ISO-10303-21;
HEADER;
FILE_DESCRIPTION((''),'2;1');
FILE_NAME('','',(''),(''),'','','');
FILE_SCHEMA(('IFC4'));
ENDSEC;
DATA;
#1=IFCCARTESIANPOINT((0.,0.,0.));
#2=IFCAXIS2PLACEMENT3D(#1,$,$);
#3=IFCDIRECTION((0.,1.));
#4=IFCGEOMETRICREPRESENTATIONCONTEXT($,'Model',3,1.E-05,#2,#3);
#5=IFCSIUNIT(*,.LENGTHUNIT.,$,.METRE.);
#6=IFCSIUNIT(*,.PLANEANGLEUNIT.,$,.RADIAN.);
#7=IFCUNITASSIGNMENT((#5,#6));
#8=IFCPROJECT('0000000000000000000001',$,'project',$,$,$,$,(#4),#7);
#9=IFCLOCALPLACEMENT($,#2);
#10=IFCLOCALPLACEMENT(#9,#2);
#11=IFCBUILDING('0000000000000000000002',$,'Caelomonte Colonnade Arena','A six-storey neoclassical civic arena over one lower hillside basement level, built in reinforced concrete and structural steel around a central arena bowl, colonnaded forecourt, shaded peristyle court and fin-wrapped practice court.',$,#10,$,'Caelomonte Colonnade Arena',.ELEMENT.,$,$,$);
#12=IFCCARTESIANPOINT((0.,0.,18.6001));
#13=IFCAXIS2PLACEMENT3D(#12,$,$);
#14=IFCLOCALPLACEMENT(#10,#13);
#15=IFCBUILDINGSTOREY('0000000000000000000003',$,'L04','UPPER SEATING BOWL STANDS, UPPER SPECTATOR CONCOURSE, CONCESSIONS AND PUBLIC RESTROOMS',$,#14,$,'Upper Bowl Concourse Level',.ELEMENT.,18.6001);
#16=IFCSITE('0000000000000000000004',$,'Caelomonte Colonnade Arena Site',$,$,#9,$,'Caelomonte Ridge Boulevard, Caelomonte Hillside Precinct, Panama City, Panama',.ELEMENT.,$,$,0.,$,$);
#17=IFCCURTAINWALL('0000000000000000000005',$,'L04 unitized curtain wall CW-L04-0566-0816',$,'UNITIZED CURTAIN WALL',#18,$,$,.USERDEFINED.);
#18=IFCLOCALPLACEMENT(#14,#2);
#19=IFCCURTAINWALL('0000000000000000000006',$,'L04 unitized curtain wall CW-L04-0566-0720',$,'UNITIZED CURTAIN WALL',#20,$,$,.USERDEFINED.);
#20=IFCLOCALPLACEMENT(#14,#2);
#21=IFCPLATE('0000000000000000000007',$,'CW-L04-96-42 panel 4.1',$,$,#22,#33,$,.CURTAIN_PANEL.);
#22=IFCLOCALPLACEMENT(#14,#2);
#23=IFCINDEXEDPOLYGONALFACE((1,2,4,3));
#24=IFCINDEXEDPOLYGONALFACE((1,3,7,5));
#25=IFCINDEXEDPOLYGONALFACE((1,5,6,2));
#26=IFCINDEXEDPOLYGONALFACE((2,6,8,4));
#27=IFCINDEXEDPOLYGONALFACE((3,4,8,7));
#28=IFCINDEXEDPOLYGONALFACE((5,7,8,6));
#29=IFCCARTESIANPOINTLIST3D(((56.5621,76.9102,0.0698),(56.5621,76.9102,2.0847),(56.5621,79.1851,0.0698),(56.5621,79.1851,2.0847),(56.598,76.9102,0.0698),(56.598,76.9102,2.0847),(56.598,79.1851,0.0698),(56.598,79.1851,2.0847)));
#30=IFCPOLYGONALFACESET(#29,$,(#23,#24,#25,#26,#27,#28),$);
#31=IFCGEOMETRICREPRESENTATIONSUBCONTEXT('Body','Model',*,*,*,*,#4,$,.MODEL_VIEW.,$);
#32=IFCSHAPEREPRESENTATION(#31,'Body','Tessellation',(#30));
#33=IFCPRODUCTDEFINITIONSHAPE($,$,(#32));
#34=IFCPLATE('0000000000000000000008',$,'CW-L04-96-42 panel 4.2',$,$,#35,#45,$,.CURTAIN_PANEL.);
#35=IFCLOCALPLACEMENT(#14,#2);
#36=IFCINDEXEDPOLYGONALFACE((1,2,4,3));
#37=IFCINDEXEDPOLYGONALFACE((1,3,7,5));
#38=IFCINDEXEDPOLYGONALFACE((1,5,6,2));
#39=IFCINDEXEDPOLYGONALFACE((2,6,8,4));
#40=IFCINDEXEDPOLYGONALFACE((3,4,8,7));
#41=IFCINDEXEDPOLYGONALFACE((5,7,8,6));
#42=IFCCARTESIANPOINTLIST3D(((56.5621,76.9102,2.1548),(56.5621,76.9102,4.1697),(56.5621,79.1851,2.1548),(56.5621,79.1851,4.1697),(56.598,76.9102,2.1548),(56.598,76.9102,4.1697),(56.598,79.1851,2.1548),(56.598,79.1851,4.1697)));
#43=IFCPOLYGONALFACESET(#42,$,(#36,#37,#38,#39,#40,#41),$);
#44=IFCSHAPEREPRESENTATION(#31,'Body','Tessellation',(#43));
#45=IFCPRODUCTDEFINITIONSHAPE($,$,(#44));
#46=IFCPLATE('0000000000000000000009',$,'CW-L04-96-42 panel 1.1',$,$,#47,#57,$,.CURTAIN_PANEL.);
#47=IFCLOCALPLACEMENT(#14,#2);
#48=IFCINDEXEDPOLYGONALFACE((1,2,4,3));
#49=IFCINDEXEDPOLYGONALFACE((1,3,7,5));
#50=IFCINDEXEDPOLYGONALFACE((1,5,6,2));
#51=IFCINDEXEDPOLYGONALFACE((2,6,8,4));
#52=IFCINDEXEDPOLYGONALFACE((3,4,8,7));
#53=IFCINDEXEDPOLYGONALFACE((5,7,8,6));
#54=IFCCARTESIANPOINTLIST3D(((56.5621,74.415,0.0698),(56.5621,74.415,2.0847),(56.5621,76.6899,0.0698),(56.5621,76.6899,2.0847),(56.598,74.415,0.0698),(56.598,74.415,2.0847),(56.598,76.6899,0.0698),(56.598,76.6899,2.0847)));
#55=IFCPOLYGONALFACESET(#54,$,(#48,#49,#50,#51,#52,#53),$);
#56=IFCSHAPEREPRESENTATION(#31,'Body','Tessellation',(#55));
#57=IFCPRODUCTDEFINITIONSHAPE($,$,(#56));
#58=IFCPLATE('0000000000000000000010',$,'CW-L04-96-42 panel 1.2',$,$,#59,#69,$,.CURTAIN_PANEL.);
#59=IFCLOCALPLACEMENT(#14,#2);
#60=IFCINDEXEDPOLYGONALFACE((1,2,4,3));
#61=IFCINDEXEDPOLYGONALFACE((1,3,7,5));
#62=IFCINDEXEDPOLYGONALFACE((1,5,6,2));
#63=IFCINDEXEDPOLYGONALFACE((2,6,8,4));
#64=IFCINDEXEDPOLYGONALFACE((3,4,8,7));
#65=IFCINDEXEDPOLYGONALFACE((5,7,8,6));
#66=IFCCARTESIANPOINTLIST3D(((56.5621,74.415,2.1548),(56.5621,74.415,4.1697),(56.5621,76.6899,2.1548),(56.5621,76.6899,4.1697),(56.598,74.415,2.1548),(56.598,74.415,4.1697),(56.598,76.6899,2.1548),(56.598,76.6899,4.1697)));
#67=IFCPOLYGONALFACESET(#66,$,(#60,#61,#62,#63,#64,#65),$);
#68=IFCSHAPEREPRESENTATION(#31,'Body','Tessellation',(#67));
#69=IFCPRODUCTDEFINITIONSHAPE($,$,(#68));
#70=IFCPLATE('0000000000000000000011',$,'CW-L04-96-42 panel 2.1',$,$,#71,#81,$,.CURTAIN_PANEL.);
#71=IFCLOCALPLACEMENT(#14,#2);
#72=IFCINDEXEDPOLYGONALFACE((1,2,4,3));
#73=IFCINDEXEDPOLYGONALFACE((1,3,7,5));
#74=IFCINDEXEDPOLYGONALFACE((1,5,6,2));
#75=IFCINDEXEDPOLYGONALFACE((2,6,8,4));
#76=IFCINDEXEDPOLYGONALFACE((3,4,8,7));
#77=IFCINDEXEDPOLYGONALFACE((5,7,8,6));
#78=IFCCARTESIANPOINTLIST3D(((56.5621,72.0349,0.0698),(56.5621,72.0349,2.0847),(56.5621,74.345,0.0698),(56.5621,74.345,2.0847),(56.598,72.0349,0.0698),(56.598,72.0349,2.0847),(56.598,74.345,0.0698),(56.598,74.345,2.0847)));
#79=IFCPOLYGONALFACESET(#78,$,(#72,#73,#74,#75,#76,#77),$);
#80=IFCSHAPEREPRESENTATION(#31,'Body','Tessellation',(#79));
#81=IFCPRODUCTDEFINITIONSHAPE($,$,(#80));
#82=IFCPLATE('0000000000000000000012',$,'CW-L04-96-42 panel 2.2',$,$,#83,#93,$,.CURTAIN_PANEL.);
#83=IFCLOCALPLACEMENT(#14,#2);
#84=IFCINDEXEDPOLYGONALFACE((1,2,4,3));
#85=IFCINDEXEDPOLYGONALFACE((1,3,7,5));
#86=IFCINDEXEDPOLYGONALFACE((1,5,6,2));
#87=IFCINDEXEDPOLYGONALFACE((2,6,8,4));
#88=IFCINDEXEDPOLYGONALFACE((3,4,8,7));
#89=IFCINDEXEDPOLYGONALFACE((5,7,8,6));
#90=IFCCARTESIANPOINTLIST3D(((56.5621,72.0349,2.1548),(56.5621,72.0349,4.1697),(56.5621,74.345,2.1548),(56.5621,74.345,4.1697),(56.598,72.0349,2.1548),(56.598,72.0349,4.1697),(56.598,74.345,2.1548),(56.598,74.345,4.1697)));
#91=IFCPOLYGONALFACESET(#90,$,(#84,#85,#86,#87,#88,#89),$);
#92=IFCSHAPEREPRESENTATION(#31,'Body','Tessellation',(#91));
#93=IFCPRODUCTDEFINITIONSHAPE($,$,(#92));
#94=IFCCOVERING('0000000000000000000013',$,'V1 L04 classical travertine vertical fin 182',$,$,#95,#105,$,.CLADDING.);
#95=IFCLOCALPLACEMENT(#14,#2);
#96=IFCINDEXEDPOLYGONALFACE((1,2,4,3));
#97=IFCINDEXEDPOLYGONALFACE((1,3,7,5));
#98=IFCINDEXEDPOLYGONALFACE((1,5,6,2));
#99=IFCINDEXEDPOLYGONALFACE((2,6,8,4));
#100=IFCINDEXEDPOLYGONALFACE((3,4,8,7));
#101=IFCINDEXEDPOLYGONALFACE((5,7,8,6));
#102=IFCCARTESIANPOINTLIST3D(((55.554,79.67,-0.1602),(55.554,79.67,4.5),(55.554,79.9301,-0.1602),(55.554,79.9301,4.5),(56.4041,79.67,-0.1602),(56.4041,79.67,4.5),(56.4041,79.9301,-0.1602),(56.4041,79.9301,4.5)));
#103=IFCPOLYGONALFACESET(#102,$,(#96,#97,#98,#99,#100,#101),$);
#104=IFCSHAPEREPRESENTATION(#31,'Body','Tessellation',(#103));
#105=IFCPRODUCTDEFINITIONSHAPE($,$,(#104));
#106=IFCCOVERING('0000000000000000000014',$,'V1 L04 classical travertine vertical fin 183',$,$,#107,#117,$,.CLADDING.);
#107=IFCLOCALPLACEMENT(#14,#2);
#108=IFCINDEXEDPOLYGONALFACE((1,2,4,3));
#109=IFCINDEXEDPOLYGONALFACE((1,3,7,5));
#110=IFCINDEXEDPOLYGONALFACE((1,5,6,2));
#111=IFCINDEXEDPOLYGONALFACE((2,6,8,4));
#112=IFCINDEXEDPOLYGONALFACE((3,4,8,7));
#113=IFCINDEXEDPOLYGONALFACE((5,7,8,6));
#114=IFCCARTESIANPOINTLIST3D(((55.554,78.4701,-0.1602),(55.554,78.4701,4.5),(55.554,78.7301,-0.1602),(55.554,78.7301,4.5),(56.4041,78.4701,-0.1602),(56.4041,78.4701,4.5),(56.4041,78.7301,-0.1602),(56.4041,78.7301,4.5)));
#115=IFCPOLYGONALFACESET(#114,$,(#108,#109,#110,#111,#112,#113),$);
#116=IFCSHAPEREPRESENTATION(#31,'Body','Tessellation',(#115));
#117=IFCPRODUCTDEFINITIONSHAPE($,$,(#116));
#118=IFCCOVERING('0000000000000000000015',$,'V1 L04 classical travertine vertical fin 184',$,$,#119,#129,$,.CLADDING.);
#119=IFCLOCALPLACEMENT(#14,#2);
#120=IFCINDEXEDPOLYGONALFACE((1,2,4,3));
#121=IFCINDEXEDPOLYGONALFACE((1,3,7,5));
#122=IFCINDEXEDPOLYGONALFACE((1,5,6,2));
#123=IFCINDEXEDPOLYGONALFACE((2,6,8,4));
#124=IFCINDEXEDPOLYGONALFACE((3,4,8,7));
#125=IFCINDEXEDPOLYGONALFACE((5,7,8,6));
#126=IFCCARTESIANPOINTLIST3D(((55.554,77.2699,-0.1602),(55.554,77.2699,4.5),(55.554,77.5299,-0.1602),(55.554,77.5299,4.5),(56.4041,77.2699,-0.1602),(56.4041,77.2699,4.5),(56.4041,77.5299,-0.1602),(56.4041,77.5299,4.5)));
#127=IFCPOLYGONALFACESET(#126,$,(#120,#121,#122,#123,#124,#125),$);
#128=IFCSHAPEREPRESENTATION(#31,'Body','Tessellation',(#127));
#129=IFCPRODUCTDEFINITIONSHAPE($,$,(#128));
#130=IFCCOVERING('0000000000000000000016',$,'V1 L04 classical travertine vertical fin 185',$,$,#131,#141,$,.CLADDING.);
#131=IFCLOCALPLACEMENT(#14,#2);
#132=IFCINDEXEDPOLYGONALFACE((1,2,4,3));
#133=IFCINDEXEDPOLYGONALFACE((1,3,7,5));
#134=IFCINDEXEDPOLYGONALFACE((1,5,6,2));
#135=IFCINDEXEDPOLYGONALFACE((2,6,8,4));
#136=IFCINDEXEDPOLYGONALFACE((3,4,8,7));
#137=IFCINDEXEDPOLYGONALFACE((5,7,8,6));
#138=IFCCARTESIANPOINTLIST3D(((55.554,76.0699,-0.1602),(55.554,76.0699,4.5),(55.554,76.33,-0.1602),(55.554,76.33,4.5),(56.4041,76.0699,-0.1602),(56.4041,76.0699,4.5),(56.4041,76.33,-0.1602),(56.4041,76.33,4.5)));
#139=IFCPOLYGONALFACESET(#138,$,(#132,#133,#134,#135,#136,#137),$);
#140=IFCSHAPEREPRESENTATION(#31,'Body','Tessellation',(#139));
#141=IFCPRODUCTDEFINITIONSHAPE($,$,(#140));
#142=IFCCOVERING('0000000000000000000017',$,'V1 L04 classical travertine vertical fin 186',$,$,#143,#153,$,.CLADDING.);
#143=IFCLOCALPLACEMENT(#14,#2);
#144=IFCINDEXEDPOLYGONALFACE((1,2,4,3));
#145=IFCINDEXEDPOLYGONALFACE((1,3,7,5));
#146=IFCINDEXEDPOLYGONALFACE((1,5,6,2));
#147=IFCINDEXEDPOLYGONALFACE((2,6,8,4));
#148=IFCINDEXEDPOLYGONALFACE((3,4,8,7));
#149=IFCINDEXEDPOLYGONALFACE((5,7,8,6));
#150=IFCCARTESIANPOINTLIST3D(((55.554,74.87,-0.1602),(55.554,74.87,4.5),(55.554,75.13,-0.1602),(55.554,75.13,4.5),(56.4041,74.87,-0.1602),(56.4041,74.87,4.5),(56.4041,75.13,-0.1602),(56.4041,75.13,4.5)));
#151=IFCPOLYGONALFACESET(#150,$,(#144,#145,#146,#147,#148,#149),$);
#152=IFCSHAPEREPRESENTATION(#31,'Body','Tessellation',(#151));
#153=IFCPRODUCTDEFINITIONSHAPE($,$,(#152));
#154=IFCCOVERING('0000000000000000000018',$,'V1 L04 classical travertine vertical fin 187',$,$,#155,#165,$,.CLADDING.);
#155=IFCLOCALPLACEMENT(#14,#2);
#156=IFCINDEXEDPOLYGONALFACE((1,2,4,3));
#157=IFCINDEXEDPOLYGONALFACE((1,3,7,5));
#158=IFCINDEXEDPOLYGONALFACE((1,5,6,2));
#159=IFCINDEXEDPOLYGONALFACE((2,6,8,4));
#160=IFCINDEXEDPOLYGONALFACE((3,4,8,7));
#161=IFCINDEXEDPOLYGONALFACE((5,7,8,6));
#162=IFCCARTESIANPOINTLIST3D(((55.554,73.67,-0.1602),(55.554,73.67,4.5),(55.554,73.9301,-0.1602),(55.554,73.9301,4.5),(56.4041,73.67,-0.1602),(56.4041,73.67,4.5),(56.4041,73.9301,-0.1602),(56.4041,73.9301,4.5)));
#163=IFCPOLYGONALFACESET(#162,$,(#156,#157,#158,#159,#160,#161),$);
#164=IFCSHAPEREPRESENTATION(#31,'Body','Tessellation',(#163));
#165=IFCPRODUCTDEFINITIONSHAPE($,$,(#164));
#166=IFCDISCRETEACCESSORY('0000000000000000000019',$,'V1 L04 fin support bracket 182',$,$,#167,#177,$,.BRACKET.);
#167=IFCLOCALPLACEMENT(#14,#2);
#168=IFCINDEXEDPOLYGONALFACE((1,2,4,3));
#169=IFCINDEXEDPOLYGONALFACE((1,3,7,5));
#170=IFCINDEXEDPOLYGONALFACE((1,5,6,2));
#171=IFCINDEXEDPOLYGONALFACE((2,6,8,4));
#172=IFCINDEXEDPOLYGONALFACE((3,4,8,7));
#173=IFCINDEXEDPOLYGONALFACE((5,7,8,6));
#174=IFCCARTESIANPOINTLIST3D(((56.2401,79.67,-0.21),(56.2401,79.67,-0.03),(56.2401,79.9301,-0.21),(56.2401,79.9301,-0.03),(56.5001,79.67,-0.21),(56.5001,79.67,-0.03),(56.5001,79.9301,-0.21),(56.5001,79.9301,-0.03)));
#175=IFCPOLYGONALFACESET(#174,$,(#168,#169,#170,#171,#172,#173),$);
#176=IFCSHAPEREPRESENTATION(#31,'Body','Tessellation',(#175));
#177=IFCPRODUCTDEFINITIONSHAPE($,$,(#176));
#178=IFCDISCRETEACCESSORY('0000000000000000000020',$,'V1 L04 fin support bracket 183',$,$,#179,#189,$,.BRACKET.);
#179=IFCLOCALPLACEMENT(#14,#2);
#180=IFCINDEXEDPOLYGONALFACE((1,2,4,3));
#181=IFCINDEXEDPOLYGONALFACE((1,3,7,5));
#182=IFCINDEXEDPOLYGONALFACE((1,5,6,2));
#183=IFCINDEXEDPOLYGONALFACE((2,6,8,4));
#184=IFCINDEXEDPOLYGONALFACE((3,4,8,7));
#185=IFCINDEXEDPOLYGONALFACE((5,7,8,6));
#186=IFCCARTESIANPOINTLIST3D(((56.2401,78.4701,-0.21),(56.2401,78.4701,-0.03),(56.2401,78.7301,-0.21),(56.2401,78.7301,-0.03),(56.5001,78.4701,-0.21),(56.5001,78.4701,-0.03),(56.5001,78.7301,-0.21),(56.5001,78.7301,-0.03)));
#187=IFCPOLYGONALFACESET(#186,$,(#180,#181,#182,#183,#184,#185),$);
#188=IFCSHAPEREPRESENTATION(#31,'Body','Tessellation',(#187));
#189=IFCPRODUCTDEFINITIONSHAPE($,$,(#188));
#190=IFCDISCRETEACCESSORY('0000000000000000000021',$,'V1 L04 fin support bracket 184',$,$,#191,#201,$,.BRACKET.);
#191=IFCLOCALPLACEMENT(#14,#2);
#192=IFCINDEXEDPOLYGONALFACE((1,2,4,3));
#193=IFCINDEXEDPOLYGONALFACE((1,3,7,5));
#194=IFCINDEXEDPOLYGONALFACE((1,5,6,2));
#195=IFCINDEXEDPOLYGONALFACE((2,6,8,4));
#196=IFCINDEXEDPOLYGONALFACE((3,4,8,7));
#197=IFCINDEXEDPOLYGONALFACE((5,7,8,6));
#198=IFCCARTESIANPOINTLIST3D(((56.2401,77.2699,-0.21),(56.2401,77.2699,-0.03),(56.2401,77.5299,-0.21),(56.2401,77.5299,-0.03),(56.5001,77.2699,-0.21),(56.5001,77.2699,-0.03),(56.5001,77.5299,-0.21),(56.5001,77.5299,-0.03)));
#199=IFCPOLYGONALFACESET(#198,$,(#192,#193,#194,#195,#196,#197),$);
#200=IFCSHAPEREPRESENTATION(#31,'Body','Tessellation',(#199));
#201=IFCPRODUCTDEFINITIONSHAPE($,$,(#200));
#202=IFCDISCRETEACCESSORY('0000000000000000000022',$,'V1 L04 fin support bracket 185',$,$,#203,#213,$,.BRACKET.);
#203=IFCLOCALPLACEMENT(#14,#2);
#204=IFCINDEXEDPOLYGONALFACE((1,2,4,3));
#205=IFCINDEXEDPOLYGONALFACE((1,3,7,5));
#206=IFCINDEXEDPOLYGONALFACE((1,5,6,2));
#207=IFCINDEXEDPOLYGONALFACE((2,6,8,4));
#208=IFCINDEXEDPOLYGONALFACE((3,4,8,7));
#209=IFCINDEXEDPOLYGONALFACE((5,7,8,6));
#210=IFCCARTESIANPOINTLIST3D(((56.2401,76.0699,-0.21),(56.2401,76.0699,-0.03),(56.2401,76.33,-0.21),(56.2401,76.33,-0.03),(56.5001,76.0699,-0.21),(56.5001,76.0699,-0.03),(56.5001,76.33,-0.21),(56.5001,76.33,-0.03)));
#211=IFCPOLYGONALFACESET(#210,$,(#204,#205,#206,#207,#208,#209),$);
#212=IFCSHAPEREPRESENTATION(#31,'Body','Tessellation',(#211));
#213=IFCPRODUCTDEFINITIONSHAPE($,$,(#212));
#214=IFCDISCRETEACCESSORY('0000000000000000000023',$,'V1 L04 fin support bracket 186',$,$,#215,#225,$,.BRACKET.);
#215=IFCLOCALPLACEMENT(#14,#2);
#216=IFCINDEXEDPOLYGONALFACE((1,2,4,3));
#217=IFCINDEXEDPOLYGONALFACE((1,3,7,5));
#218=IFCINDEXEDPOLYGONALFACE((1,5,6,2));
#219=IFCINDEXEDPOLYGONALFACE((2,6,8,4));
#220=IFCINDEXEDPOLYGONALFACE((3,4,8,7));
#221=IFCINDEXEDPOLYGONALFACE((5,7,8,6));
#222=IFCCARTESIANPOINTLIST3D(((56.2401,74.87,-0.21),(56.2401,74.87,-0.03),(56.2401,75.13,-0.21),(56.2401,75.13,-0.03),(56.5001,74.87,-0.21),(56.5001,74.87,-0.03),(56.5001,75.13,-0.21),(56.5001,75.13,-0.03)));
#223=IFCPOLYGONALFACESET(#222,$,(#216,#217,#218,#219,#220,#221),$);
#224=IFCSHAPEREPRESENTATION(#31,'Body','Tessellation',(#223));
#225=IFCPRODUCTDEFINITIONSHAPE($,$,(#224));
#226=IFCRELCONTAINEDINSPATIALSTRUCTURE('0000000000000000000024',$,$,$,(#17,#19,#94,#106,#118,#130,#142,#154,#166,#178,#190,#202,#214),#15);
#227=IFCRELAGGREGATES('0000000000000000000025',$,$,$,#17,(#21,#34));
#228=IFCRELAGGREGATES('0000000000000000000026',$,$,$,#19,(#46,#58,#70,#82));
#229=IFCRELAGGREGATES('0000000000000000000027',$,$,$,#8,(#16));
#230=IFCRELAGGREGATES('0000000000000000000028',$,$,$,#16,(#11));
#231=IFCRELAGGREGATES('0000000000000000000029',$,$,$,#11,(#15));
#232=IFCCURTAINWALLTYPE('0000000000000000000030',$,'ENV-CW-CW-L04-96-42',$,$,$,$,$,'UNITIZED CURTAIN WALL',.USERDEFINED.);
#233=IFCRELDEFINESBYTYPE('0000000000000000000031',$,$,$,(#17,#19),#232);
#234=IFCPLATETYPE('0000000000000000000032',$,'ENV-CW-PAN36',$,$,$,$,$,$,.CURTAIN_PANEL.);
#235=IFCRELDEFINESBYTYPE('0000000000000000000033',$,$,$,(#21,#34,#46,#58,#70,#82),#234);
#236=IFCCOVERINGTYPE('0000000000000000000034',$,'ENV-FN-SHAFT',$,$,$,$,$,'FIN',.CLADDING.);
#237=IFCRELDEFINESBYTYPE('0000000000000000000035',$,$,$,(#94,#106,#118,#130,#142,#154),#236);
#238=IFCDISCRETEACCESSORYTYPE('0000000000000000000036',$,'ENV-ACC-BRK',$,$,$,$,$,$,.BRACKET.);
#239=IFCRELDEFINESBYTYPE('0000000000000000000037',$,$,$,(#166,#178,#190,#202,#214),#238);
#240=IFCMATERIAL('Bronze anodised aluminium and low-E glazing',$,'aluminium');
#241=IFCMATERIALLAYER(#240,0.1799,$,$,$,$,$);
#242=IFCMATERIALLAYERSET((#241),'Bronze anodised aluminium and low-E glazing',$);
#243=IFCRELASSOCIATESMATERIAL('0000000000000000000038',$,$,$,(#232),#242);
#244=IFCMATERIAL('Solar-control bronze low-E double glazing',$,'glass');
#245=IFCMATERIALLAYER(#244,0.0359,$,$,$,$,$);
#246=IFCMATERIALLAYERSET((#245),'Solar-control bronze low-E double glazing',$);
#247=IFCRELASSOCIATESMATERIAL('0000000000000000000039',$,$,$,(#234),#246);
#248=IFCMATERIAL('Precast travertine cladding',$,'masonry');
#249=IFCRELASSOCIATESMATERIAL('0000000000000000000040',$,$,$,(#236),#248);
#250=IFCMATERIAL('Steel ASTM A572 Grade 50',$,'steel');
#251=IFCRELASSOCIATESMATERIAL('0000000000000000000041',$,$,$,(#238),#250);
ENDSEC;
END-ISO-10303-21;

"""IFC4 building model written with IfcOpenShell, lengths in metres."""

from ifc_helpers import new_model, si_unit, direction, frame, origin, origin_2d, place, context, subcontext, project, spatial, rectangle, extrude, material, layer, layer_set, material_profile, profile_set, type_object, element, aggregate, save


model = new_model("IFC4")

# Units and contexts
model_context = context("Model", 3, precision=1e-05, world=origin(), true_north=direction((0.0, 1.0)))
body_context = subcontext(model_context, "Body", "Model", "MODEL_VIEW")
ifc_project = project(units=[si_unit("LENGTHUNIT", "METRE"), si_unit("PLANEANGLEUNIT", "RADIAN")], contexts=[model_context])

# Site, building, storey
site_placement = place(None, origin())
site = spatial("IfcSite", under=ifc_project, at=site_placement, Name="Caelomonte Colonnade Arena Site", LongName="Caelomonte Ridge Boulevard, Caelomonte Hillside Precinct, Panama City, Panama", CompositionType="ELEMENT", RefElevation=0.0)
building_placement = place(site_placement, origin())
building = spatial("IfcBuilding", under=site, at=building_placement, Name="Caelomonte Colonnade Arena", Description="A six-storey neoclassical civic arena over one lower hillside basement level, built in reinforced concrete and structural steel around a central arena bowl, colonnaded forecourt, shaded peristyle court and fin-wrapped practice court.", LongName="Caelomonte Colonnade Arena", CompositionType="ELEMENT")
storey_placement = place(building_placement, frame((0.0, 0.0, 18.6001)))
storey = spatial("IfcBuildingStorey", under=building, at=storey_placement, Name="L04", Description="UPPER SEATING BOWL STANDS, UPPER SPECTATOR CONCOURSE, CONCESSIONS AND PUBLIC RESTROOMS", LongName="Upper Bowl Concourse Level", CompositionType="ELEMENT", Elevation=18.6001)

# Curtain walls
ifc_material_1 = material(Name="Bronze anodised aluminium and low-E glazing", Category="aluminium")
ifc_layer_1 = layer(ifc_material_1, 0.1799)
ifc_layer_set_1 = layer_set([ifc_layer_1], Name="Bronze anodised aluminium and low-E glazing")
curtain_wall_type = type_object("IfcCurtainWallType", Name="ENV-CW-CW-L04-96-42", ElementType="UNITIZED CURTAIN WALL", PredefinedType="USERDEFINED", material=ifc_layer_set_1)
curtain_wall_1_placement = place(storey_placement, origin())
curtain_wall_1 = element("IfcCurtainWall", 1, at=curtain_wall_1_placement, inside=storey, type_object=curtain_wall_type, Name="L04 unitized curtain wall CW-L04-0566-0816", ObjectType="UNITIZED CURTAIN WALL", PredefinedType="USERDEFINED")
curtain_wall_2_placement = place(storey_placement, origin())
curtain_wall_2 = element("IfcCurtainWall", 2, at=curtain_wall_2_placement, inside=storey, type_object=curtain_wall_type, Name="L04 unitized curtain wall CW-L04-0566-0720", ObjectType="UNITIZED CURTAIN WALL", PredefinedType="USERDEFINED")

# Plates
ifc_material_2 = material(Name="Solar-control bronze low-E double glazing", Category="glass")
ifc_layer_2 = layer(ifc_material_2, 0.0359)
ifc_layer_set_2 = layer_set([ifc_layer_2], Name="Solar-control bronze low-E double glazing")
plate_type = type_object("IfcPlateType", Name="ENV-CW-PAN36", PredefinedType="CURTAIN_PANEL", material=ifc_layer_set_2)
plate_1_placement = place(storey_placement, frame((56.5801, 78.0476, 0.0698), z_axis=(0.0, 0.0, 1.0), x_axis=(0.0, -1.0, 0.0)))
plate_1 = element("IfcPlate", 3, at=plate_1_placement, type_object=plate_type, Name="CW-L04-96-42 panel 4.1", PredefinedType="CURTAIN_PANEL", context=body_context, shape_type="SweptSolid", body=[
    extrude(rectangle(XDim=2.2749, YDim=0.0359, at=origin_2d()), origin(), (0.0, 0.0, 1.0), 2.0149),
])
plate_2_placement = place(storey_placement, frame((56.5801, 78.0476, 2.1548), z_axis=(0.0, 0.0, 1.0), x_axis=(0.0, -1.0, 0.0)))
plate_2 = element("IfcPlate", 4, at=plate_2_placement, type_object=plate_type, Name="CW-L04-96-42 panel 4.2", PredefinedType="CURTAIN_PANEL", context=body_context, shape_type="SweptSolid", body=[
    extrude(rectangle(XDim=2.2749, YDim=0.0359, at=origin_2d()), origin(), (0.0, 0.0, 1.0), 2.0149),
])
aggregate(curtain_wall_1, [plate_1, plate_2])
plate_3_placement = place(storey_placement, frame((56.5801, 75.5525, 0.0698), z_axis=(0.0, 0.0, 1.0), x_axis=(0.0, -1.0, 0.0)))
plate_3 = element("IfcPlate", 5, at=plate_3_placement, type_object=plate_type, Name="CW-L04-96-42 panel 1.1", PredefinedType="CURTAIN_PANEL", context=body_context, shape_type="SweptSolid", body=[
    extrude(rectangle(XDim=2.2749, YDim=0.0359, at=origin_2d()), origin(), (0.0, 0.0, 1.0), 2.0149),
])
plate_4_placement = place(storey_placement, frame((56.5801, 75.5525, 2.1548), z_axis=(0.0, 0.0, 1.0), x_axis=(0.0, -1.0, 0.0)))
plate_4 = element("IfcPlate", 6, at=plate_4_placement, type_object=plate_type, Name="CW-L04-96-42 panel 1.2", PredefinedType="CURTAIN_PANEL", context=body_context, shape_type="SweptSolid", body=[
    extrude(rectangle(XDim=2.2749, YDim=0.0359, at=origin_2d()), origin(), (0.0, 0.0, 1.0), 2.0149),
])
plate_5_placement = place(storey_placement, frame((56.5801, 73.1899, 0.0698), z_axis=(0.0, 0.0, 1.0), x_axis=(0.0, -1.0, 0.0)))
plate_5 = element("IfcPlate", 7, at=plate_5_placement, type_object=plate_type, Name="CW-L04-96-42 panel 2.1", PredefinedType="CURTAIN_PANEL", context=body_context, shape_type="SweptSolid", body=[
    extrude(rectangle(XDim=2.3101, YDim=0.0359, at=origin_2d()), origin(), (0.0, 0.0, 1.0), 2.0149),
])
plate_6_placement = place(storey_placement, frame((56.5801, 73.1899, 2.1548), z_axis=(0.0, 0.0, 1.0), x_axis=(0.0, -1.0, 0.0)))
plate_6 = element("IfcPlate", 8, at=plate_6_placement, type_object=plate_type, Name="CW-L04-96-42 panel 2.2", PredefinedType="CURTAIN_PANEL", context=body_context, shape_type="SweptSolid", body=[
    extrude(rectangle(XDim=2.3101, YDim=0.0359, at=origin_2d()), origin(), (0.0, 0.0, 1.0), 2.0149),
])
aggregate(curtain_wall_2, [plate_3, plate_4, plate_5, plate_6])

# Coverings
ifc_material_3 = material(Name="Precast travertine cladding", Category="masonry")
ifc_material_profile_1 = material_profile(ifc_material_3, rectangle(XDim=0.26, YDim=0.8501, at=origin_2d()), Name="FIN260X850")
ifc_profile_set_1 = profile_set([ifc_material_profile_1], Name="Precast travertine cladding")
covering_type = type_object("IfcCoveringType", Name="ENV-FN-SHAFT", ElementType="FIN", PredefinedType="CLADDING", material=ifc_profile_set_1)
for number, where, z_axis, x_axis, name in (
    (9, (55.979, 79.8, -0.1602), (0.0, 0.0, 1.0), (0.0, 1.0, 0.0), "V1 L04 classical travertine vertical fin 182"),
    (10, (55.979, 78.6001, -0.1602), (0.0, 0.0, 1.0), (0.0, 1.0, 0.0), "V1 L04 classical travertine vertical fin 183"),
    (11, (55.979, 77.3999, -0.1602), (0.0, 0.0, 1.0), (0.0, 1.0, 0.0), "V1 L04 classical travertine vertical fin 184"),
    (12, (55.979, 76.2, -0.1602), (0.0, 0.0, 1.0), (0.0, 1.0, 0.0), "V1 L04 classical travertine vertical fin 185"),
    (13, (55.979, 75.0, -0.1602), (0.0, 0.0, 1.0), (0.0, 1.0, 0.0), "V1 L04 classical travertine vertical fin 186"),
    (14, (55.979, 73.8, -0.1602), (0.0, 0.0, 1.0), (0.0, 1.0, 0.0), "V1 L04 classical travertine vertical fin 187"),
):
    element("IfcCovering", number, at=place(storey_placement, frame(where, z_axis=z_axis, x_axis=x_axis)), inside=storey, type_object=covering_type, Name=name, PredefinedType="CLADDING", context=body_context, shape_type="SweptSolid", body=[
        extrude(rectangle(XDim=0.26, YDim=0.8501, at=origin_2d()), origin(), (0.0, 0.0, 1.0), 4.6602),
    ])

# Discrete accessories
ifc_material_4 = material(Name="Steel ASTM A572 Grade 50", Category="steel")
discrete_accessory_type = type_object("IfcDiscreteAccessoryType", Name="ENV-ACC-BRK", PredefinedType="BRACKET", material=ifc_material_4)
for number, where, z_axis, x_axis, name in (
    (15, (56.3701, 79.8, -0.21), (0.0, 0.0, 1.0), (0.0, -1.0, 0.0), "V1 L04 fin support bracket 182"),
    (16, (56.3701, 78.6001, -0.21), (0.0, 0.0, 1.0), (0.0, -1.0, 0.0), "V1 L04 fin support bracket 183"),
    (17, (56.3701, 77.3999, -0.21), (0.0, 0.0, 1.0), (0.0, -1.0, 0.0), "V1 L04 fin support bracket 184"),
    (18, (56.3701, 76.2, -0.21), (0.0, 0.0, 1.0), (0.0, -1.0, 0.0), "V1 L04 fin support bracket 185"),
    (19, (56.3701, 75.0, -0.21), (0.0, 0.0, 1.0), (0.0, -1.0, 0.0), "V1 L04 fin support bracket 186"),
):
    element("IfcDiscreteAccessory", number, at=place(storey_placement, frame(where, z_axis=z_axis, x_axis=x_axis)), inside=storey, type_object=discrete_accessory_type, Name=name, PredefinedType="BRACKET", context=body_context, shape_type="SweptSolid", body=[
        extrude(rectangle(XDim=0.26, YDim=0.26, at=origin_2d()), origin(), (0.0, 0.0, 1.0), 0.1799),
    ])

save(model, "model.ifc")
